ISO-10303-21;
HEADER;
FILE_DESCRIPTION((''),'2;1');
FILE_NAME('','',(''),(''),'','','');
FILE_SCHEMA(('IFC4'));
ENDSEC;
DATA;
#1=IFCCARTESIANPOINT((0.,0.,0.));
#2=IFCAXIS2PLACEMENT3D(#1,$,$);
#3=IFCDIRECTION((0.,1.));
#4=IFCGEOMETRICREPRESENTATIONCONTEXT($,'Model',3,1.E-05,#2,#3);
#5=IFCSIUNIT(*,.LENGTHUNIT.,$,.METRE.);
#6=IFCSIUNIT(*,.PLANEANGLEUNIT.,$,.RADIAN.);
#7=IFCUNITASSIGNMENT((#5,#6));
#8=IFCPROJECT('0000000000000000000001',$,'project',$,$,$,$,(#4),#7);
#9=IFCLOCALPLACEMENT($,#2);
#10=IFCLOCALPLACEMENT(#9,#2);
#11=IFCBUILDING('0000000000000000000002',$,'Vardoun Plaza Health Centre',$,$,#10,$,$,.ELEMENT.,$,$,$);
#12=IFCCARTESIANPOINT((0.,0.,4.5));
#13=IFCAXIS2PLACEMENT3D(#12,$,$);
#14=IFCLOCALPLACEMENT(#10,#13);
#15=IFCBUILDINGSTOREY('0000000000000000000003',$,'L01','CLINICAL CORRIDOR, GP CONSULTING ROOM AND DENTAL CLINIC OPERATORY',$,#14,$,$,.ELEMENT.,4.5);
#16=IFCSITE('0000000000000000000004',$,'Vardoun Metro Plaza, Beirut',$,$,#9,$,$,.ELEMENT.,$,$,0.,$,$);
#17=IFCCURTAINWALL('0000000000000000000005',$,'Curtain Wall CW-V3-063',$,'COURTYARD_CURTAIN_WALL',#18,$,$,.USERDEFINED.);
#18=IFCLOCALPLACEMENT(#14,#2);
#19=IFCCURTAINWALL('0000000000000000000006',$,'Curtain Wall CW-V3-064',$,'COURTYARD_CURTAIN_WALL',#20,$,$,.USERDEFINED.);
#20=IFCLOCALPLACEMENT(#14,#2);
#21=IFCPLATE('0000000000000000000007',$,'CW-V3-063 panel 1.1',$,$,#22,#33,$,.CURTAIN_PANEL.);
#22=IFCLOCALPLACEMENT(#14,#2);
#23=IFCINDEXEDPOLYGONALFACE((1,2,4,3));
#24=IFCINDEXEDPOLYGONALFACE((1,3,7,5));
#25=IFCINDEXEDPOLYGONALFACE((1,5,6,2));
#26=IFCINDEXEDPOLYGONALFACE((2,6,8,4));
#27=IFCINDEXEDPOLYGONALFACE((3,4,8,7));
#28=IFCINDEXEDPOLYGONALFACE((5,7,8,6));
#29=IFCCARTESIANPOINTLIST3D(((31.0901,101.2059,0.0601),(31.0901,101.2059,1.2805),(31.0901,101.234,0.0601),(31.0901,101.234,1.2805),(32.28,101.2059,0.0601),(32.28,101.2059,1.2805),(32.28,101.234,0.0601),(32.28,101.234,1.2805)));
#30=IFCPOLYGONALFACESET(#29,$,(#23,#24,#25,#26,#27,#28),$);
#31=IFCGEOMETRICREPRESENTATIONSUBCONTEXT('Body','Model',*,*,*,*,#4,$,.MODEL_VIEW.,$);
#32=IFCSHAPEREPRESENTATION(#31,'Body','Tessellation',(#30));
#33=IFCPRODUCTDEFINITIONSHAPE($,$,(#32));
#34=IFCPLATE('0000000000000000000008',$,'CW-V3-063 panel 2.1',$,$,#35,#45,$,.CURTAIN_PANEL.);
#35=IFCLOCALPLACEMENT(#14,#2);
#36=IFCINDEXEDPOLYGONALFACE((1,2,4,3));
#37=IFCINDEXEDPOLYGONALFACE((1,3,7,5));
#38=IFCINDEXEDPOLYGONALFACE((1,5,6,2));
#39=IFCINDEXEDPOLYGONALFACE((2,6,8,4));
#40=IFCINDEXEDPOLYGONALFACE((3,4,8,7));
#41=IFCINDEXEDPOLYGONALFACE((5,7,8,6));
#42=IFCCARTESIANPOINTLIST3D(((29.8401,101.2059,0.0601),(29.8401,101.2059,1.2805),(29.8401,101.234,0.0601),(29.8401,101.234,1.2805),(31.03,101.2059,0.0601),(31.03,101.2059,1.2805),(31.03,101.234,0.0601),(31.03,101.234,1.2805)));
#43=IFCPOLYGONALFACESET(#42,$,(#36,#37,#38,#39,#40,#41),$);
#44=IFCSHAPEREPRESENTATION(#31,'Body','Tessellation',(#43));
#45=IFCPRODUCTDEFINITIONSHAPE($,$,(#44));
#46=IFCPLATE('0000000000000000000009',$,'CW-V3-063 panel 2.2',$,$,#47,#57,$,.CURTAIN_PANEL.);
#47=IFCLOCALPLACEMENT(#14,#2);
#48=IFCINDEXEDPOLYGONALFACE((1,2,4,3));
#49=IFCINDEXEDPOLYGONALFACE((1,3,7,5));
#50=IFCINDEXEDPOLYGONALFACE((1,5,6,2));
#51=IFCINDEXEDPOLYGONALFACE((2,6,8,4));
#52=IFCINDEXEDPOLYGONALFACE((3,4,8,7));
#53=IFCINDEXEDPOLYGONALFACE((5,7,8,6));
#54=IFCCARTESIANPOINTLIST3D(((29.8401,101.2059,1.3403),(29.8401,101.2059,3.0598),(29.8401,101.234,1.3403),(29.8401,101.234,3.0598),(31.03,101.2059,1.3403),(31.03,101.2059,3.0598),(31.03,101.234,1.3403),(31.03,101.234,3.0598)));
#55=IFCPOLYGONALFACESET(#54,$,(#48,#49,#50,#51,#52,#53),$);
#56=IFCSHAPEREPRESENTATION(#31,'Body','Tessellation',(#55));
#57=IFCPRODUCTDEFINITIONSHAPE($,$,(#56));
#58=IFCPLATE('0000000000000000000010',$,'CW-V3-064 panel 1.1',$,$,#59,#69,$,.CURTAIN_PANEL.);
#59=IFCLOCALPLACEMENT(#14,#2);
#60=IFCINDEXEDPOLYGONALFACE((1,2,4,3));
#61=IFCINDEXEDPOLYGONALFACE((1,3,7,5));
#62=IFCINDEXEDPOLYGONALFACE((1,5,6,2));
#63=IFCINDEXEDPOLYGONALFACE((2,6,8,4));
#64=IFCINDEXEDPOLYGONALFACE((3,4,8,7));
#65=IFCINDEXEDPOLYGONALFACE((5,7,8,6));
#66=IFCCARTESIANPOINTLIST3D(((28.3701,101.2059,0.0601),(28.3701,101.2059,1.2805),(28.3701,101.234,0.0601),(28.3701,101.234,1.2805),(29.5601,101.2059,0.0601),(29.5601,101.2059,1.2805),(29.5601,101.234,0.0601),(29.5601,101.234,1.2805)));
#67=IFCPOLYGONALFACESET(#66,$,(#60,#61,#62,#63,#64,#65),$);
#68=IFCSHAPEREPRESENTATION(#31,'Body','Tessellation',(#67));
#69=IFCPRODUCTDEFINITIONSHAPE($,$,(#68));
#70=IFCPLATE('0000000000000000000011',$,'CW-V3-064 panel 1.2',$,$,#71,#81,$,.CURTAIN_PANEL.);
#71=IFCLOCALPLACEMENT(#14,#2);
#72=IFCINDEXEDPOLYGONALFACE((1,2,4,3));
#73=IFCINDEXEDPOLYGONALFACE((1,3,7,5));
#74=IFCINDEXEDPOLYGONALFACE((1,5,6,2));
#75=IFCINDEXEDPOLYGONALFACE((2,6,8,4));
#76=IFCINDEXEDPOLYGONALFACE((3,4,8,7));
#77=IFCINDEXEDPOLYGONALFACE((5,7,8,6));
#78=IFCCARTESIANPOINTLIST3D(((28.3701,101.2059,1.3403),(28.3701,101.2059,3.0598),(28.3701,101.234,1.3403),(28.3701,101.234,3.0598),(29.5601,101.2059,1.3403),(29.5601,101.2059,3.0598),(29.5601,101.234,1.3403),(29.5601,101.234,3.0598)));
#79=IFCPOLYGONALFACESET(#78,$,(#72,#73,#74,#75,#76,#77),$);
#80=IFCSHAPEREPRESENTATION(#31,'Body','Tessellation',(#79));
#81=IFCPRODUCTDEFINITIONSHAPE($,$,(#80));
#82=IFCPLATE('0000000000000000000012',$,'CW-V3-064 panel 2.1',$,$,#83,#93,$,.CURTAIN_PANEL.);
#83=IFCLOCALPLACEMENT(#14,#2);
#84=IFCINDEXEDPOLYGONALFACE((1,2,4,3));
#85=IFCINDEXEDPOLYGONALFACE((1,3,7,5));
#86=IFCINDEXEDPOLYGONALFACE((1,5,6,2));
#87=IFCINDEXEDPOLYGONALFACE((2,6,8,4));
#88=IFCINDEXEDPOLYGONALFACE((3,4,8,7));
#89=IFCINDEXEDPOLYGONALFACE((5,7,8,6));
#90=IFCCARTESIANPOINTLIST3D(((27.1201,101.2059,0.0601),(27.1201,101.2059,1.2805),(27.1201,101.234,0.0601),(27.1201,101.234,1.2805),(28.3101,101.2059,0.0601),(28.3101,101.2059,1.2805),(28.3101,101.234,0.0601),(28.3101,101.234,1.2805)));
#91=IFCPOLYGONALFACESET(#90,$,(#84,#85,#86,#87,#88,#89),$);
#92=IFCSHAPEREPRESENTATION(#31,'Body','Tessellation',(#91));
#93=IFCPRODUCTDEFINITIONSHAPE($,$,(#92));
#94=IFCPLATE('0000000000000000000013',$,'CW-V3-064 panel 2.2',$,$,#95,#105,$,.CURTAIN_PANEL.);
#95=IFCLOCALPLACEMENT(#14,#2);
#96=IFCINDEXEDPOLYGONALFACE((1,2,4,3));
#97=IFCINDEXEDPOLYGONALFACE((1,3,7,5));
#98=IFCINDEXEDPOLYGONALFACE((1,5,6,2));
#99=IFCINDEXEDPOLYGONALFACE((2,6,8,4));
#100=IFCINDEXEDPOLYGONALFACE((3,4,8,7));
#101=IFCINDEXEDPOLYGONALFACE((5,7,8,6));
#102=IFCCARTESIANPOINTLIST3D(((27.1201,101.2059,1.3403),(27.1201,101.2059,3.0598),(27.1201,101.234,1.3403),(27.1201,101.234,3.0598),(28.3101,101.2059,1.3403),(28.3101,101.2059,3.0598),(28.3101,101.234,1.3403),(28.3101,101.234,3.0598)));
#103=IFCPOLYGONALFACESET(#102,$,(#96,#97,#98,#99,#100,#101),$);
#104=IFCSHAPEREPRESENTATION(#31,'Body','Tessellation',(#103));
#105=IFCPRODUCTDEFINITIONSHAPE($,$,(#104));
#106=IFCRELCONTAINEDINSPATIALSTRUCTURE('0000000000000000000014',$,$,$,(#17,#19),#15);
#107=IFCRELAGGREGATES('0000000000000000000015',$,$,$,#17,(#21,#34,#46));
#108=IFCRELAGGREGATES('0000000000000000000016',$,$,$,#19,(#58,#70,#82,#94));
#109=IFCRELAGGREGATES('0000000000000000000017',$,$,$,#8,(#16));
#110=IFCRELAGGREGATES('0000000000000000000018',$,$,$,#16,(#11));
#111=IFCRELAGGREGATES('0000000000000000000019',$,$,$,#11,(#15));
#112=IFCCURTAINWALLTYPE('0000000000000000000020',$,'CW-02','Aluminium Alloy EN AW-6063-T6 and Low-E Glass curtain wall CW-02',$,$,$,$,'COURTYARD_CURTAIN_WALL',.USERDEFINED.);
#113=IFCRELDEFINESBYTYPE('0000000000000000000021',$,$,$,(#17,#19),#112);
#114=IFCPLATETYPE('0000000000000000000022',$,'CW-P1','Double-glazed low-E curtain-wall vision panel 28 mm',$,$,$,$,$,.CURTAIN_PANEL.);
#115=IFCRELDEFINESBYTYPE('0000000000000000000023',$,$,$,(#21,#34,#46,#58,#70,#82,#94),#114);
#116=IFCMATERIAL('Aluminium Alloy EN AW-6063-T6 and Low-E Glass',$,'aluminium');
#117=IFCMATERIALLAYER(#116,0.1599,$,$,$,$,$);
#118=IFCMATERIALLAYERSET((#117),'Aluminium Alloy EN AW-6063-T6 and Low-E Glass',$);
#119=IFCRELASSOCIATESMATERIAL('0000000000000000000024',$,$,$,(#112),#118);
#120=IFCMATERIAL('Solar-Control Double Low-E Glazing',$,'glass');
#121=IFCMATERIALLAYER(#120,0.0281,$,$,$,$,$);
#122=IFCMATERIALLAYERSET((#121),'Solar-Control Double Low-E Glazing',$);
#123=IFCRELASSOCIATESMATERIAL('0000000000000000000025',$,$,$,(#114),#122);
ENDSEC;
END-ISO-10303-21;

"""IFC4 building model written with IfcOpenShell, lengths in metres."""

from ifc_helpers import new_model, si_unit, direction, frame, origin, origin_2d, place, context, subcontext, project, spatial, rectangle, extrude, material, layer, layer_set, type_object, element, aggregate, save


model = new_model("IFC4")

# Units and contexts
model_context = context("Model", 3, precision=1e-05, world=origin(), true_north=direction((0.0, 1.0)))
body_context = subcontext(model_context, "Body", "Model", "MODEL_VIEW")
ifc_project = project(units=[si_unit("LENGTHUNIT", "METRE"), si_unit("PLANEANGLEUNIT", "RADIAN")], contexts=[model_context])

# Site, building, storey
site_placement = place(None, origin())
site = spatial("IfcSite", under=ifc_project, at=site_placement, Name="Vardoun Metro Plaza, Beirut", CompositionType="ELEMENT", RefElevation=0.0)
building_placement = place(site_placement, origin())
building = spatial("IfcBuilding", under=site, at=building_placement, Name="Vardoun Plaza Health Centre", CompositionType="ELEMENT")
storey_placement = place(building_placement, frame((0.0, 0.0, 4.5)))
storey = spatial("IfcBuildingStorey", under=building, at=storey_placement, Name="L01", Description="CLINICAL CORRIDOR, GP CONSULTING ROOM AND DENTAL CLINIC OPERATORY", CompositionType="ELEMENT", Elevation=4.5)

# Curtain walls
ifc_material_1 = material(Name="Aluminium Alloy EN AW-6063-T6 and Low-E Glass", Category="aluminium")
ifc_layer_1 = layer(ifc_material_1, 0.1599)
ifc_layer_set_1 = layer_set([ifc_layer_1], Name="Aluminium Alloy EN AW-6063-T6 and Low-E Glass")
curtain_wall_type = type_object("IfcCurtainWallType", Name="CW-02", Description="Aluminium Alloy EN AW-6063-T6 and Low-E Glass curtain wall CW-02", ElementType="COURTYARD_CURTAIN_WALL", PredefinedType="USERDEFINED", material=ifc_layer_set_1)
curtain_wall_1_placement = place(storey_placement, origin())
curtain_wall_1 = element("IfcCurtainWall", 1, at=curtain_wall_1_placement, inside=storey, type_object=curtain_wall_type, Name="Curtain Wall CW-V3-063", ObjectType="COURTYARD_CURTAIN_WALL", PredefinedType="USERDEFINED")
curtain_wall_2_placement = place(storey_placement, origin())
curtain_wall_2 = element("IfcCurtainWall", 2, at=curtain_wall_2_placement, inside=storey, type_object=curtain_wall_type, Name="Curtain Wall CW-V3-064", ObjectType="COURTYARD_CURTAIN_WALL", PredefinedType="USERDEFINED")

# Plates
ifc_material_2 = material(Name="Solar-Control Double Low-E Glazing", Category="glass")
ifc_layer_2 = layer(ifc_material_2, 0.0281)
ifc_layer_set_2 = layer_set([ifc_layer_2], Name="Solar-Control Double Low-E Glazing")
plate_type = type_object("IfcPlateType", Name="CW-P1", Description="Double-glazed low-E curtain-wall vision panel 28 mm", PredefinedType="CURTAIN_PANEL", material=ifc_layer_set_2)
plate_1_placement = place(storey_placement, frame((31.6851, 101.22, 0.0601), z_axis=(0.0, 0.0, 1.0), x_axis=(-1.0, 0.0, 0.0)))
plate_1 = element("IfcPlate", 3, at=plate_1_placement, type_object=plate_type, Name="CW-V3-063 panel 1.1", PredefinedType="CURTAIN_PANEL", context=body_context, shape_type="SweptSolid", body=[
    extrude(rectangle(XDim=1.1899, YDim=0.0281, at=origin_2d()), origin(), (0.0, 0.0, 1.0), 1.2205),
])
plate_2_placement = place(storey_placement, frame((30.4351, 101.22, 0.0601), z_axis=(0.0, 0.0, 1.0), x_axis=(-1.0, 0.0, 0.0)))
plate_2 = element("IfcPlate", 4, at=plate_2_placement, type_object=plate_type, Name="CW-V3-063 panel 2.1", PredefinedType="CURTAIN_PANEL", context=body_context, shape_type="SweptSolid", body=[
    extrude(rectangle(XDim=1.1899, YDim=0.0281, at=origin_2d()), origin(), (0.0, 0.0, 1.0), 1.2205),
])
plate_3_placement = place(storey_placement, frame((30.4351, 101.22, 1.3403), z_axis=(0.0, 0.0, 1.0), x_axis=(-1.0, 0.0, 0.0)))
plate_3 = element("IfcPlate", 5, at=plate_3_placement, type_object=plate_type, Name="CW-V3-063 panel 2.2", PredefinedType="CURTAIN_PANEL", context=body_context, shape_type="SweptSolid", body=[
    extrude(rectangle(XDim=1.1899, YDim=0.0281, at=origin_2d()), origin(), (0.0, 0.0, 1.0), 1.7195),
])
aggregate(curtain_wall_1, [plate_1, plate_2, plate_3])
plate_4_placement = place(storey_placement, frame((28.9651, 101.22, 0.0601), z_axis=(0.0, 0.0, 1.0), x_axis=(-1.0, 0.0, 0.0)))
plate_4 = element("IfcPlate", 6, at=plate_4_placement, type_object=plate_type, Name="CW-V3-064 panel 1.1", PredefinedType="CURTAIN_PANEL", context=body_context, shape_type="SweptSolid", body=[
    extrude(rectangle(XDim=1.1899, YDim=0.0281, at=origin_2d()), origin(), (0.0, 0.0, 1.0), 1.2205),
])
plate_5_placement = place(storey_placement, frame((28.9651, 101.22, 1.3403), z_axis=(0.0, 0.0, 1.0), x_axis=(-1.0, 0.0, 0.0)))
plate_5 = element("IfcPlate", 7, at=plate_5_placement, type_object=plate_type, Name="CW-V3-064 panel 1.2", PredefinedType="CURTAIN_PANEL", context=body_context, shape_type="SweptSolid", body=[
    extrude(rectangle(XDim=1.1899, YDim=0.0281, at=origin_2d()), origin(), (0.0, 0.0, 1.0), 1.7195),
])
plate_6_placement = place(storey_placement, frame((27.7151, 101.22, 0.0601), z_axis=(0.0, 0.0, 1.0), x_axis=(-1.0, 0.0, 0.0)))
plate_6 = element("IfcPlate", 8, at=plate_6_placement, type_object=plate_type, Name="CW-V3-064 panel 2.1", PredefinedType="CURTAIN_PANEL", context=body_context, shape_type="SweptSolid", body=[
    extrude(rectangle(XDim=1.1899, YDim=0.0281, at=origin_2d()), origin(), (0.0, 0.0, 1.0), 1.2205),
])
plate_7_placement = place(storey_placement, frame((27.7151, 101.22, 1.3403), z_axis=(0.0, 0.0, 1.0), x_axis=(-1.0, 0.0, 0.0)))
plate_7 = element("IfcPlate", 9, at=plate_7_placement, type_object=plate_type, Name="CW-V3-064 panel 2.2", PredefinedType="CURTAIN_PANEL", context=body_context, shape_type="SweptSolid", body=[
    extrude(rectangle(XDim=1.1899, YDim=0.0281, at=origin_2d()), origin(), (0.0, 0.0, 1.0), 1.7195),
])
aggregate(curtain_wall_2, [plate_4, plate_5, plate_6, plate_7])

save(model, "model.ifc")
